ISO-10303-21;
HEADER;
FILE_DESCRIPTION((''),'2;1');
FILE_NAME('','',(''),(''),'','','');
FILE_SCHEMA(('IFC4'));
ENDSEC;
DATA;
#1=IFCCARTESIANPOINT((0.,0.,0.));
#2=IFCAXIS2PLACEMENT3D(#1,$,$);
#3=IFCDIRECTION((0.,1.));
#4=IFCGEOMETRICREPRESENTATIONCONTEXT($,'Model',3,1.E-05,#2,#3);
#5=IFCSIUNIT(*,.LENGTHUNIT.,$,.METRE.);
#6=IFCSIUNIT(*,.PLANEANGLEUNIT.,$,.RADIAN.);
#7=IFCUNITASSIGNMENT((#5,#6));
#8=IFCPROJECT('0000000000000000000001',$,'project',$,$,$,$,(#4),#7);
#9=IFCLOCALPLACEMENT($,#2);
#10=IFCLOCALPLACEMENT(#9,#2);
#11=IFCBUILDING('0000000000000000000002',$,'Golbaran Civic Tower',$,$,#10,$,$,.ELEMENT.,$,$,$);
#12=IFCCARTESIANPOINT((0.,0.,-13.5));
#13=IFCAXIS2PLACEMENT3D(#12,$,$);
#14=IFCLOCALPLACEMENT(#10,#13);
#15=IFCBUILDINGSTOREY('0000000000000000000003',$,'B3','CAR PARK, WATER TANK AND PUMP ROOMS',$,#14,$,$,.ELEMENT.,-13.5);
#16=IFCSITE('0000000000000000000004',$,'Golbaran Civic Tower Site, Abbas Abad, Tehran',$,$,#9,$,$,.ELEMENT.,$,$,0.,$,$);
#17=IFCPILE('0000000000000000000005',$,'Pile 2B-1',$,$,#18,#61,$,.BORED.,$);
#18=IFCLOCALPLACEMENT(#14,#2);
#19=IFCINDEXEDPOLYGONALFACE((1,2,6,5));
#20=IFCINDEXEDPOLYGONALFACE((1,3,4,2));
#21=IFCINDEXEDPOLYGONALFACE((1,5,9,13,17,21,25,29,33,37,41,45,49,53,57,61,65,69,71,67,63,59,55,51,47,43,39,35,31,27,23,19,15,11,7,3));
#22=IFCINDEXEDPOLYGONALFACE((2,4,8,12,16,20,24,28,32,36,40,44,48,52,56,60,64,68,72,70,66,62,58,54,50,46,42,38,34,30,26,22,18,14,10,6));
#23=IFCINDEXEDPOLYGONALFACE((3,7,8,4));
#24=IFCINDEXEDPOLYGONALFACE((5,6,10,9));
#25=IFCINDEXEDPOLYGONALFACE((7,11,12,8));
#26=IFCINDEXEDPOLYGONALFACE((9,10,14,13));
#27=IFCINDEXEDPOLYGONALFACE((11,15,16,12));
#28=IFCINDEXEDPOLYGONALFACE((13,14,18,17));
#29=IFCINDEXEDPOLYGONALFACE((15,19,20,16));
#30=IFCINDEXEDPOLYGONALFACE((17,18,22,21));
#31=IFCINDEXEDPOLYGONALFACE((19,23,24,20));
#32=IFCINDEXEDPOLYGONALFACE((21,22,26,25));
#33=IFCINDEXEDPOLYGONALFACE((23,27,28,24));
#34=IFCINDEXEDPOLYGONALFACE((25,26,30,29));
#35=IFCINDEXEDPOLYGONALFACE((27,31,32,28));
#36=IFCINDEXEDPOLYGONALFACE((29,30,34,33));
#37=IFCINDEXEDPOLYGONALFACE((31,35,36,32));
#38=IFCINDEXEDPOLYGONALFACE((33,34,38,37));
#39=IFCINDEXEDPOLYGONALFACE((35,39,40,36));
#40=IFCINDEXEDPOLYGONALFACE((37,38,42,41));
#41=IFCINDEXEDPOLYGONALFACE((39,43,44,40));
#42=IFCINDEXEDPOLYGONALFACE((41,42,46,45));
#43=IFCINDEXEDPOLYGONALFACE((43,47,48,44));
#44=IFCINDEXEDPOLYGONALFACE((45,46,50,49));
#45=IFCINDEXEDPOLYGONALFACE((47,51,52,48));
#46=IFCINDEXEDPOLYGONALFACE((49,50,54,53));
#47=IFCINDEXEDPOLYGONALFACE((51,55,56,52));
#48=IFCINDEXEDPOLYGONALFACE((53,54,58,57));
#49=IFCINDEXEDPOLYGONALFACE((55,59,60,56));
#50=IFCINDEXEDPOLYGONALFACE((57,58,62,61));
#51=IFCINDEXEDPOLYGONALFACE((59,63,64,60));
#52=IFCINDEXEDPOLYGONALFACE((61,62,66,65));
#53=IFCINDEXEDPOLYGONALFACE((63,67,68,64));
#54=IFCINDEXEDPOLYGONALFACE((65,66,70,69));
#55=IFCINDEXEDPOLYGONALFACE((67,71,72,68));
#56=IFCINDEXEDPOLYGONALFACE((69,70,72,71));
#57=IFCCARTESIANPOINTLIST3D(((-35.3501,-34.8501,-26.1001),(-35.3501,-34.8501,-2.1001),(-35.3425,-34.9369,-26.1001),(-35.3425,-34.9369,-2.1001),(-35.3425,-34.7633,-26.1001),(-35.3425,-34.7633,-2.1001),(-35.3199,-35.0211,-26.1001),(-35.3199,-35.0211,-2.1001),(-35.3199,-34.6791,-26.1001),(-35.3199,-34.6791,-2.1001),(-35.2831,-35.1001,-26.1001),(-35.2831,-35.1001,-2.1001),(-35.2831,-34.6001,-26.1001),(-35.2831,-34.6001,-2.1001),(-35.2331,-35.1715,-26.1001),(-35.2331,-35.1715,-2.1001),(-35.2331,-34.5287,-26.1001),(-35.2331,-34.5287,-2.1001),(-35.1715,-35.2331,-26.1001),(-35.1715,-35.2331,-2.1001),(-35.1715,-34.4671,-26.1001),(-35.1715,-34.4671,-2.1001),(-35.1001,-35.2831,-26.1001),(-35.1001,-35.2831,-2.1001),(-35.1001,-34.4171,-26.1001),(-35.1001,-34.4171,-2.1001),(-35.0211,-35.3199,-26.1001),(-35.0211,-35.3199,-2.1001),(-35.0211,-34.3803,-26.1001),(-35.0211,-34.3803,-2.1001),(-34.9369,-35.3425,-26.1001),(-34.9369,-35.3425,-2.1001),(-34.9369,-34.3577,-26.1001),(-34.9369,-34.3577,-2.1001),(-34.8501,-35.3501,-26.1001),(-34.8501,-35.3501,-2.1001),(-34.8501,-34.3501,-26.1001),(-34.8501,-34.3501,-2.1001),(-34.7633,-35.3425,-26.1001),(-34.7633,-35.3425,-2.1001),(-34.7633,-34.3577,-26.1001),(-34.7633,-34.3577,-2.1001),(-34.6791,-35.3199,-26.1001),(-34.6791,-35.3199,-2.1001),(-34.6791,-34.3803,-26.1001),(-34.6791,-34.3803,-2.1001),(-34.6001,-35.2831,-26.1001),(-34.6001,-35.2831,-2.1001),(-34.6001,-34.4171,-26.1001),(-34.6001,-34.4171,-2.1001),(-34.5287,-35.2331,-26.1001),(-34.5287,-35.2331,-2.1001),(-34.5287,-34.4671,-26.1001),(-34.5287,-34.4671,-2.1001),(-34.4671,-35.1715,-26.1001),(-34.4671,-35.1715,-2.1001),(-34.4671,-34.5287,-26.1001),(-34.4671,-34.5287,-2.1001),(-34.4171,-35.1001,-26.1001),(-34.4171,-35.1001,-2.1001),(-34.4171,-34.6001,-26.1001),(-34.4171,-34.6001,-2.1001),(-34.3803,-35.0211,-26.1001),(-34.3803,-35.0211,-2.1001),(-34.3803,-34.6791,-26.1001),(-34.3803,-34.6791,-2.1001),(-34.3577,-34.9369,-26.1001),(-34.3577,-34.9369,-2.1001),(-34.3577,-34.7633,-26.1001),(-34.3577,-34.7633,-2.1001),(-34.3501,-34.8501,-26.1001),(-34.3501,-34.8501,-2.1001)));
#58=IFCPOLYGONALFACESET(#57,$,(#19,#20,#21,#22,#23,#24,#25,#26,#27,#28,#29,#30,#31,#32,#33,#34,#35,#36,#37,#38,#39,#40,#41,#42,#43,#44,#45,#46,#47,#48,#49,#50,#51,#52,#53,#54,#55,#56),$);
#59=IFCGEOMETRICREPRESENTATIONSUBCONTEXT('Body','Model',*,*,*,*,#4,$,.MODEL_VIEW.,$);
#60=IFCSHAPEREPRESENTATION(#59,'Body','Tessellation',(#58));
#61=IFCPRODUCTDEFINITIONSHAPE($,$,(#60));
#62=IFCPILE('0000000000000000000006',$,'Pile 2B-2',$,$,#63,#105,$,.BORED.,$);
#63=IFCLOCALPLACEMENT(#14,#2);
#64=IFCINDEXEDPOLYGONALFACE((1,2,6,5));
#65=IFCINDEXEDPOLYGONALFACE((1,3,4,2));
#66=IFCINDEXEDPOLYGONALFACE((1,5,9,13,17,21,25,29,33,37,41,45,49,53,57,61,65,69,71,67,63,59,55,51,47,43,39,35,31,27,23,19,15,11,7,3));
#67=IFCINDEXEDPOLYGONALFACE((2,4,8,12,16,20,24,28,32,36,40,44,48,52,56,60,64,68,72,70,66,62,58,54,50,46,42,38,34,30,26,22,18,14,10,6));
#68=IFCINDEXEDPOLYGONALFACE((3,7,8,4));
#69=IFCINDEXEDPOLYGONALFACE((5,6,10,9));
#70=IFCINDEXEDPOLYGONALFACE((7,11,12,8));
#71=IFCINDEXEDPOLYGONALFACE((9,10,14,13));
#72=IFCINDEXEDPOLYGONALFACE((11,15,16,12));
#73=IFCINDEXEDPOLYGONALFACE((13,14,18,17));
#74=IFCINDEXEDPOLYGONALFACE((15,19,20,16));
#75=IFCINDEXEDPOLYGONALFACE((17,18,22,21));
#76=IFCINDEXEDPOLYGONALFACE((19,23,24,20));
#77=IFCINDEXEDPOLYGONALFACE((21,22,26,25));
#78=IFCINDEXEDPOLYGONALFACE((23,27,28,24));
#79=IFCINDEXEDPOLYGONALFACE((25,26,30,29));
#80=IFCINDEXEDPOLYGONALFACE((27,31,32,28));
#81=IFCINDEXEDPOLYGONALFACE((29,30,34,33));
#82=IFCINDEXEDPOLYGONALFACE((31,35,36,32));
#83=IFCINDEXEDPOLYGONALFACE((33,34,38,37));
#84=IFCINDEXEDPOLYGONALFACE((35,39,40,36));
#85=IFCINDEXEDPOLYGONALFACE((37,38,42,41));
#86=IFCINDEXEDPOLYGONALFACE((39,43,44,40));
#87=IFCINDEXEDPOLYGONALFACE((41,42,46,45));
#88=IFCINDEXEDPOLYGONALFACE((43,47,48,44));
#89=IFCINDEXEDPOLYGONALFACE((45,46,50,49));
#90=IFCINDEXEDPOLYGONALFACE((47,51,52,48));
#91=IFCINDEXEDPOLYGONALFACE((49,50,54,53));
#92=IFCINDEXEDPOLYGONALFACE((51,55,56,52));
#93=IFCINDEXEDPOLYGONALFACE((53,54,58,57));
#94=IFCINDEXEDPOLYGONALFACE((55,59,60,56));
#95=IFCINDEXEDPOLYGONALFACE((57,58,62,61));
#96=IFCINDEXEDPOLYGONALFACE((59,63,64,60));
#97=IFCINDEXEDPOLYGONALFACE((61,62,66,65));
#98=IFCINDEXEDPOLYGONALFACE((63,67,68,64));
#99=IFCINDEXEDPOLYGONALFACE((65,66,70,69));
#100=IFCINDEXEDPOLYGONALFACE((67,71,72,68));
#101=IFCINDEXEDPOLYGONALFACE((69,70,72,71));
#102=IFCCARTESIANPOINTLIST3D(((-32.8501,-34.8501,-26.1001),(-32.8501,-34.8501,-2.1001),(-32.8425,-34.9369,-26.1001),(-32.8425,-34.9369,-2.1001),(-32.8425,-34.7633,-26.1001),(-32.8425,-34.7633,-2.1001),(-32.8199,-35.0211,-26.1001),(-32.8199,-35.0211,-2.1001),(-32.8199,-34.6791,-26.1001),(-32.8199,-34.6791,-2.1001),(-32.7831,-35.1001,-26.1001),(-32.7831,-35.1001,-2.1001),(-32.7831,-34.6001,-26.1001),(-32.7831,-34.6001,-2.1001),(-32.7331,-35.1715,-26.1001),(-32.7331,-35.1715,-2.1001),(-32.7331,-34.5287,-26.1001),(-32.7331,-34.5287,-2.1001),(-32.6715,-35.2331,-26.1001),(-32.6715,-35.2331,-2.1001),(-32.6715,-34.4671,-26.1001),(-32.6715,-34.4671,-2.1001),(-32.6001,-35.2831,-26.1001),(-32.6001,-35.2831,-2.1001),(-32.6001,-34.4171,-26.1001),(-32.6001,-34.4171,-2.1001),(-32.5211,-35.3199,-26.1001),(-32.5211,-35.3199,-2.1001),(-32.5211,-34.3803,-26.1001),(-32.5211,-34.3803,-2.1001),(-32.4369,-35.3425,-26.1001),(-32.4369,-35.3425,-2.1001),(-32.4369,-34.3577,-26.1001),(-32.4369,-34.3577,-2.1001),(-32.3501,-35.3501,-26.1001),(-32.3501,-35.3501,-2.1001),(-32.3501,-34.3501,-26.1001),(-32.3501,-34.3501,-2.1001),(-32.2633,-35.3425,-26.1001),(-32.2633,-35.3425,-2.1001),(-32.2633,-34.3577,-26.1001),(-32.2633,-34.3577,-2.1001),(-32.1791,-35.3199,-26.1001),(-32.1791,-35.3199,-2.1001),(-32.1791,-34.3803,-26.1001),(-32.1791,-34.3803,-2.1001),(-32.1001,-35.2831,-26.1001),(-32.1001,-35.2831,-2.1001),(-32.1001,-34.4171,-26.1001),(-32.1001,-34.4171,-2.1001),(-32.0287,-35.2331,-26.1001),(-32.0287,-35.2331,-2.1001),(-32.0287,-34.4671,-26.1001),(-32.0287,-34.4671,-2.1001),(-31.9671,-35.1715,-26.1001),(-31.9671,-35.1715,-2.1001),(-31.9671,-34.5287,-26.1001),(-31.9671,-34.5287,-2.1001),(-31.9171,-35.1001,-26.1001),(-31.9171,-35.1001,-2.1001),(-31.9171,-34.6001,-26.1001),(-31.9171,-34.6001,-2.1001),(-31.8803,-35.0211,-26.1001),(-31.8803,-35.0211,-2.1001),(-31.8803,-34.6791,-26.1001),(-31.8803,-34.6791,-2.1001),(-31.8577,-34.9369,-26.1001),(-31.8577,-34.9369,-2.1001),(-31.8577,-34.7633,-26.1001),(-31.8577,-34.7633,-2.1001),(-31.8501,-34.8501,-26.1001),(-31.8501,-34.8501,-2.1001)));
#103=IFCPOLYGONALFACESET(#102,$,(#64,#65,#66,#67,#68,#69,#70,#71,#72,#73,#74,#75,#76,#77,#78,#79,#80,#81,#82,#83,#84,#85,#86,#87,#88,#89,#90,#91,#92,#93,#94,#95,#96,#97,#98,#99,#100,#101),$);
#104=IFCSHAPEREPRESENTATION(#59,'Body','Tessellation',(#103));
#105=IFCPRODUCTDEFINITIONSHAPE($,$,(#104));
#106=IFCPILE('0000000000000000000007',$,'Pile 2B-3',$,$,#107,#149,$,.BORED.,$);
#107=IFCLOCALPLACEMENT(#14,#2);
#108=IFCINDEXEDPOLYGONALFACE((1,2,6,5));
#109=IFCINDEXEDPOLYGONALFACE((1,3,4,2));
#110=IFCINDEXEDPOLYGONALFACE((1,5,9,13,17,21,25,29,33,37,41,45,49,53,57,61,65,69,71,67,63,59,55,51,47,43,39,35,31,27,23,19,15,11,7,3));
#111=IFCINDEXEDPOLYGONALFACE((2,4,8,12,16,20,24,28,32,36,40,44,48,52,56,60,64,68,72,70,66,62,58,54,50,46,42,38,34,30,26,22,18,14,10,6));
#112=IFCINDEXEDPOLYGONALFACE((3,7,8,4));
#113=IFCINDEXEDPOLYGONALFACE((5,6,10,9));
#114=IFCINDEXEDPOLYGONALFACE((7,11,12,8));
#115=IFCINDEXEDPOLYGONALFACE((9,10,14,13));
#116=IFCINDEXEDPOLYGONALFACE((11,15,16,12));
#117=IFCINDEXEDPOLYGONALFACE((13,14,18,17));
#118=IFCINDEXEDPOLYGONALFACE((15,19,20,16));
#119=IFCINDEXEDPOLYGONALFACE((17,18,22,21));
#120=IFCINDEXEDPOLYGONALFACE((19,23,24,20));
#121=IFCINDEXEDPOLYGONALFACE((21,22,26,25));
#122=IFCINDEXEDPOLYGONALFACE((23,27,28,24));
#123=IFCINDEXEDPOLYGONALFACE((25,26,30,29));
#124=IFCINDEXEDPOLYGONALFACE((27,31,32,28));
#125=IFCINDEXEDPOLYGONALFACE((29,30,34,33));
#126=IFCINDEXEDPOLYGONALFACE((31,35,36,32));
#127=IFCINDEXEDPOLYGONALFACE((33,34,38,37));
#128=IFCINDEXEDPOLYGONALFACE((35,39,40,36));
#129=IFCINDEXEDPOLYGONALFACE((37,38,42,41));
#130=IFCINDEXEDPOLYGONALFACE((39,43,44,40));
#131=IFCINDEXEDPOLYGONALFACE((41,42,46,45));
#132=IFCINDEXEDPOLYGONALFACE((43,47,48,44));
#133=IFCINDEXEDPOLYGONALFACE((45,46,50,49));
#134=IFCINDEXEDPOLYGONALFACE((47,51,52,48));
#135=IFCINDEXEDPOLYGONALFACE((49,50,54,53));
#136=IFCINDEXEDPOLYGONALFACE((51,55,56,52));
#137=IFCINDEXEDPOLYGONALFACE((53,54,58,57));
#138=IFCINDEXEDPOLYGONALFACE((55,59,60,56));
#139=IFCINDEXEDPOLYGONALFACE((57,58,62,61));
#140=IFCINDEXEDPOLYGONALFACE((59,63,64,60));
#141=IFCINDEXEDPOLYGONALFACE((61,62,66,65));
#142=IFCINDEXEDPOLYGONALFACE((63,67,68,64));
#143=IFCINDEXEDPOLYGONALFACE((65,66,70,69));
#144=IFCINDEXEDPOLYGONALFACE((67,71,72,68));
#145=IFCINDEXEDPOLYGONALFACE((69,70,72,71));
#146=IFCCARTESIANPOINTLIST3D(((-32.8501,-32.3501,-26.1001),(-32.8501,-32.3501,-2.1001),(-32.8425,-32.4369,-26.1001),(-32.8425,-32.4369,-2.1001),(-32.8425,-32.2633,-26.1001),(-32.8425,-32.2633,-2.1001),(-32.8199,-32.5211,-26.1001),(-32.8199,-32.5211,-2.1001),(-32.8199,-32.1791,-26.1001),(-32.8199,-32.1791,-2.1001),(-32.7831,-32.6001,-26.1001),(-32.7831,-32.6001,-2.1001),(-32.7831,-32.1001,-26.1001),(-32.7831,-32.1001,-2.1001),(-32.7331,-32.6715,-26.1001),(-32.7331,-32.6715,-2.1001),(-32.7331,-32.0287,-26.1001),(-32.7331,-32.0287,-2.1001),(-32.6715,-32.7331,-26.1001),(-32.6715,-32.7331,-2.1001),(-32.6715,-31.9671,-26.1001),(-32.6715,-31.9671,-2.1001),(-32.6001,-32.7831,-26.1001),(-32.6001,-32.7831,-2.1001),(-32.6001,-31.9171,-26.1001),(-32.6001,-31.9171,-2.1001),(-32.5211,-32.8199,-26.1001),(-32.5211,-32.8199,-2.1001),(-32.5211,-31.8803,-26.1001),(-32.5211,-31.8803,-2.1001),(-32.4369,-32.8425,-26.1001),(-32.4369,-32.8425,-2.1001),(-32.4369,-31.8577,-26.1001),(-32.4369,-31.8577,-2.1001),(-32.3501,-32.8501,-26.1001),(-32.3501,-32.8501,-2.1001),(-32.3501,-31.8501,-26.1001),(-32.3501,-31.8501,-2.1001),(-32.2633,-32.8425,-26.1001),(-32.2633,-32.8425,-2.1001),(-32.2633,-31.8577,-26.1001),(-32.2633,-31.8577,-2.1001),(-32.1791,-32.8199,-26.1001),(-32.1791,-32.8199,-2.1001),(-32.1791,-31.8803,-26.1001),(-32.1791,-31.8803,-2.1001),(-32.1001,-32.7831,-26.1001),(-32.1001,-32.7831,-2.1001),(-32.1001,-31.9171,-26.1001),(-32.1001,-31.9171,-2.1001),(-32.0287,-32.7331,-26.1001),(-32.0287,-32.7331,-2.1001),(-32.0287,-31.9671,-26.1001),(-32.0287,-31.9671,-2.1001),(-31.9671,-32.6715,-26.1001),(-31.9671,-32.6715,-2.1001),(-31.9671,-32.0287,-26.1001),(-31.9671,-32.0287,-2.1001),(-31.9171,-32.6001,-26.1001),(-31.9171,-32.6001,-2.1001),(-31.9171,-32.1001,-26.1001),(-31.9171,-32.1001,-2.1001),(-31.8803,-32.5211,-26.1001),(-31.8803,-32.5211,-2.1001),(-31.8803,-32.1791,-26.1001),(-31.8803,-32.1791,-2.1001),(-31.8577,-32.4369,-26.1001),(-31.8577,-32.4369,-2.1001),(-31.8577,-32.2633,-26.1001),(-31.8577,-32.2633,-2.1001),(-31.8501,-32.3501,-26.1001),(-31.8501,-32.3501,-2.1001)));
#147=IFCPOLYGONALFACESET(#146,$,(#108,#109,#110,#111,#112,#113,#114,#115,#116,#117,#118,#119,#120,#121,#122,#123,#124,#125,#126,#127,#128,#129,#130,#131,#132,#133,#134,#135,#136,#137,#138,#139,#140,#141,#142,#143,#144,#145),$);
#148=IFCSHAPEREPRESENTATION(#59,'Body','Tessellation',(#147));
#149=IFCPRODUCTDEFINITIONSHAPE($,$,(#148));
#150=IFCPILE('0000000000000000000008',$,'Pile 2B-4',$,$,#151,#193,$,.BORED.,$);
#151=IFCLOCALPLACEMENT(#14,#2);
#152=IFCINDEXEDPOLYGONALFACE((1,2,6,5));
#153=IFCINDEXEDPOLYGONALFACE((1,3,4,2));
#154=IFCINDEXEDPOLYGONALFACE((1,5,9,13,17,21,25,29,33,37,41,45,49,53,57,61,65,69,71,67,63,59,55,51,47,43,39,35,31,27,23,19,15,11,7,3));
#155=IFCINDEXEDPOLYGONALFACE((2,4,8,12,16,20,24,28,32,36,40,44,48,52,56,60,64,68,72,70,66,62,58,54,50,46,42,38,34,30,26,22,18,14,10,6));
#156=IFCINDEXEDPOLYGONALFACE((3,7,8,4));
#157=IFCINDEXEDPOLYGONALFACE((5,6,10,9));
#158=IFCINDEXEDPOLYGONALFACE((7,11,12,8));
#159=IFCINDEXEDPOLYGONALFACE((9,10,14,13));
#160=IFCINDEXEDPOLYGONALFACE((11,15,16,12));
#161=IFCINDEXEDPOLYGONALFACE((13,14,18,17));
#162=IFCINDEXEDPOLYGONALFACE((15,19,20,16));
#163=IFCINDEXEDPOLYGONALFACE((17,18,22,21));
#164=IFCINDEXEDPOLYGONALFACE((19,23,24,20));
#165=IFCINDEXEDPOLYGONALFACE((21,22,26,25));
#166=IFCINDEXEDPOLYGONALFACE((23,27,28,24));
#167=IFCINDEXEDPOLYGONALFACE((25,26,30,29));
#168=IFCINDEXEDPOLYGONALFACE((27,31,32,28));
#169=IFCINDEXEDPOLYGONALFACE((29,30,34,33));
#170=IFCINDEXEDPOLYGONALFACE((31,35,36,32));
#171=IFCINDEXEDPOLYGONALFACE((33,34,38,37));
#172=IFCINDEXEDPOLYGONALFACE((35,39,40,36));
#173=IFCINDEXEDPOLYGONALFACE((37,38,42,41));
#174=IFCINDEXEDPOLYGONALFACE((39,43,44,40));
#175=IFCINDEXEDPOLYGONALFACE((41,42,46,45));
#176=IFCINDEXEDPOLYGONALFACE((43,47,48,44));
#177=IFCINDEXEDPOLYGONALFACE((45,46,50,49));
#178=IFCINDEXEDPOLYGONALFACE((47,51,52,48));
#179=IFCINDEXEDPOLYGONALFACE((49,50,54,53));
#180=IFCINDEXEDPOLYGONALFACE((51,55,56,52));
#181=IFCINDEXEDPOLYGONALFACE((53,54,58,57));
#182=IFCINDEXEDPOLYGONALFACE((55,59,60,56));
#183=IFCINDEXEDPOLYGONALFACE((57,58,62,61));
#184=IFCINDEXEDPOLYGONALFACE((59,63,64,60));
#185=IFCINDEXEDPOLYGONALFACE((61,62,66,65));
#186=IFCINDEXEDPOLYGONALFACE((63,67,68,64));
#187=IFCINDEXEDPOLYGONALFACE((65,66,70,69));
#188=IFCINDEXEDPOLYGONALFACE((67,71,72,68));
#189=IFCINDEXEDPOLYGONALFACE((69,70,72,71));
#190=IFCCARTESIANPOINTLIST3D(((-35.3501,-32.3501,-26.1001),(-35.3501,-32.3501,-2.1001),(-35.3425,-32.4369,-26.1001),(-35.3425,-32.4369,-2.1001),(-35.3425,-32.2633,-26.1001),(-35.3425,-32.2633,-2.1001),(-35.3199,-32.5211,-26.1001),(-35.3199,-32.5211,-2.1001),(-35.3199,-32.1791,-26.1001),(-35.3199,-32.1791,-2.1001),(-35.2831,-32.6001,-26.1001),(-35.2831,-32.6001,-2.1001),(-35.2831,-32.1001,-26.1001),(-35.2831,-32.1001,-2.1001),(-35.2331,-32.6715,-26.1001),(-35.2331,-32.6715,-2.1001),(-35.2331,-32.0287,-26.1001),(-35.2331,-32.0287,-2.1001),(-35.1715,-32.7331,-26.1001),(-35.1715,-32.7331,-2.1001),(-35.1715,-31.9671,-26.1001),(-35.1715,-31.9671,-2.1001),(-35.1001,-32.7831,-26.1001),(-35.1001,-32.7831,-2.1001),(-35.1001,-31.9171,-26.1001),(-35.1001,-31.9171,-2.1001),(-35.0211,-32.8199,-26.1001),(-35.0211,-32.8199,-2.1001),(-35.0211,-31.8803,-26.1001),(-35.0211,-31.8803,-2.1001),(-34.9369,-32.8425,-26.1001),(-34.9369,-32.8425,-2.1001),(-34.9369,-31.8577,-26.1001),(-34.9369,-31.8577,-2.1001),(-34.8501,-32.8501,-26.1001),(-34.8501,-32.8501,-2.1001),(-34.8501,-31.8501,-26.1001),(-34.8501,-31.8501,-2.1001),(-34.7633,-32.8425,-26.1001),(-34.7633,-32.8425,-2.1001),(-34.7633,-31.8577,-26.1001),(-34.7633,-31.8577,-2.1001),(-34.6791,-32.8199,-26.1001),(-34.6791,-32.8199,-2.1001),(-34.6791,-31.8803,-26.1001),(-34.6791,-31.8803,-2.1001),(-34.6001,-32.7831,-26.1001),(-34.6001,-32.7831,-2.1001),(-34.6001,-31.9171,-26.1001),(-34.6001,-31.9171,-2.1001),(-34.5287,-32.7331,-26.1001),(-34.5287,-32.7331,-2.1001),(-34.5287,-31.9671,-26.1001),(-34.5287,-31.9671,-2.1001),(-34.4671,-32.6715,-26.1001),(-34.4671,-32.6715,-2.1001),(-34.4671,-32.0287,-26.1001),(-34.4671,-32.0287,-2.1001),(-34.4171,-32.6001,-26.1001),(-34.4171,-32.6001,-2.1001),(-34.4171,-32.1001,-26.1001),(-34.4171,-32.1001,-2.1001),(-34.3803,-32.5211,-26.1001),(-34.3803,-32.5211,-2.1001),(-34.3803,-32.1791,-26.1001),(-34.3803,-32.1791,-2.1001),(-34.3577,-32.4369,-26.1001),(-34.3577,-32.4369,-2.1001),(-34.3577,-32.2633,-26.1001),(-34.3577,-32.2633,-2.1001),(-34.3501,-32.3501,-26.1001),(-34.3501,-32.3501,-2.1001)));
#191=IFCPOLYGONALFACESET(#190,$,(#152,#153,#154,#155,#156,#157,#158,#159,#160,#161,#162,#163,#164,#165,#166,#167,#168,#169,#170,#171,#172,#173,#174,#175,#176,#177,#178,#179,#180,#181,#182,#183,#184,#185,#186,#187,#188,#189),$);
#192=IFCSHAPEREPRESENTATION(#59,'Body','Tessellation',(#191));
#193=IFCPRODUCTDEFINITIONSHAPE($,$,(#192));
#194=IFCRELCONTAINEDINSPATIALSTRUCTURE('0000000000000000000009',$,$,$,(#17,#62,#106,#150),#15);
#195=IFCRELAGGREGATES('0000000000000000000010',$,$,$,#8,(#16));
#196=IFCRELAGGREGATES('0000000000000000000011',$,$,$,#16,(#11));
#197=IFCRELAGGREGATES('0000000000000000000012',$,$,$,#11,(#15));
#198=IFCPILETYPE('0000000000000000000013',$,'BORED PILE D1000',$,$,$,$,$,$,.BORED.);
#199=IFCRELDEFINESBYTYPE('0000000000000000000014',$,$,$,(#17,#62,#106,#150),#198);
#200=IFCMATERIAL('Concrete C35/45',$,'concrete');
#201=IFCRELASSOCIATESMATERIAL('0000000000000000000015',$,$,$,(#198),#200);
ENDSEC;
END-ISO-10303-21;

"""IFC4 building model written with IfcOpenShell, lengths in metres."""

from ifc_helpers import new_model, si_unit, direction, frame, origin, origin_2d, place, context, subcontext, project, spatial, circle, extrude, material, material_profile, profile_set, type_object, element, save


model = new_model("IFC4")

# Units and contexts
model_context = context("Model", 3, precision=1e-05, world=origin(), true_north=direction((0.0, 1.0)))
body_context = subcontext(model_context, "Body", "Model", "MODEL_VIEW")
ifc_project = project(units=[si_unit("LENGTHUNIT", "METRE"), si_unit("PLANEANGLEUNIT", "RADIAN")], contexts=[model_context])

# Site, building, storey
site_placement = place(None, origin())
site = spatial("IfcSite", under=ifc_project, at=site_placement, Name="Golbaran Civic Tower Site, Abbas Abad, Tehran", CompositionType="ELEMENT", RefElevation=0.0)
building_placement = place(site_placement, origin())
building = spatial("IfcBuilding", under=site, at=building_placement, Name="Golbaran Civic Tower", CompositionType="ELEMENT")
storey_placement = place(building_placement, frame((0.0, 0.0, -13.5)))
storey = spatial("IfcBuildingStorey", under=building, at=storey_placement, Name="B3", Description="CAR PARK, WATER TANK AND PUMP ROOMS", CompositionType="ELEMENT", Elevation=-13.5)

# Piles
ifc_material_1 = material(Name="Concrete C35/45", Category="concrete")
ifc_material_profile_1 = material_profile(ifc_material_1, circle(Radius=0.5, at=origin_2d()), Name="BORED PILE D1000")
ifc_profile_set_1 = profile_set([ifc_material_profile_1], Name="Concrete C35/45")
pile_type_1 = type_object("IfcPileType", Name="BORED PILE D1000", PredefinedType="BORED", material=ifc_profile_set_1)
for number, where, z_axis, x_axis, name in (
    (1, (-34.8501, -34.8501, -2.1001), (0.0, 0.0, -1.0), (1.0, 0.0, 0.0), "Pile 2B-1"),
    (2, (-32.3501, -34.8501, -2.1001), (0.0, 0.0, -1.0), (1.0, 0.0, 0.0), "Pile 2B-2"),
    (3, (-32.3501, -32.3501, -2.1001), (0.0, 0.0, -1.0), (1.0, 0.0, 0.0), "Pile 2B-3"),
    (4, (-34.8501, -32.3501, -2.1001), (0.0, 0.0, -1.0), (1.0, 0.0, 0.0), "Pile 2B-4"),
):
    element("IfcPile", number, at=place(storey_placement, frame(where, z_axis=z_axis, x_axis=x_axis)), inside=storey, type_object=pile_type_1, Name=name, PredefinedType="BORED", context=body_context, shape_type="SweptSolid", body=[
        extrude(circle(Radius=0.5, at=origin_2d()), origin(), (0.0, 0.0, 1.0), 24.0),
    ])

save(model, "model.ifc")
